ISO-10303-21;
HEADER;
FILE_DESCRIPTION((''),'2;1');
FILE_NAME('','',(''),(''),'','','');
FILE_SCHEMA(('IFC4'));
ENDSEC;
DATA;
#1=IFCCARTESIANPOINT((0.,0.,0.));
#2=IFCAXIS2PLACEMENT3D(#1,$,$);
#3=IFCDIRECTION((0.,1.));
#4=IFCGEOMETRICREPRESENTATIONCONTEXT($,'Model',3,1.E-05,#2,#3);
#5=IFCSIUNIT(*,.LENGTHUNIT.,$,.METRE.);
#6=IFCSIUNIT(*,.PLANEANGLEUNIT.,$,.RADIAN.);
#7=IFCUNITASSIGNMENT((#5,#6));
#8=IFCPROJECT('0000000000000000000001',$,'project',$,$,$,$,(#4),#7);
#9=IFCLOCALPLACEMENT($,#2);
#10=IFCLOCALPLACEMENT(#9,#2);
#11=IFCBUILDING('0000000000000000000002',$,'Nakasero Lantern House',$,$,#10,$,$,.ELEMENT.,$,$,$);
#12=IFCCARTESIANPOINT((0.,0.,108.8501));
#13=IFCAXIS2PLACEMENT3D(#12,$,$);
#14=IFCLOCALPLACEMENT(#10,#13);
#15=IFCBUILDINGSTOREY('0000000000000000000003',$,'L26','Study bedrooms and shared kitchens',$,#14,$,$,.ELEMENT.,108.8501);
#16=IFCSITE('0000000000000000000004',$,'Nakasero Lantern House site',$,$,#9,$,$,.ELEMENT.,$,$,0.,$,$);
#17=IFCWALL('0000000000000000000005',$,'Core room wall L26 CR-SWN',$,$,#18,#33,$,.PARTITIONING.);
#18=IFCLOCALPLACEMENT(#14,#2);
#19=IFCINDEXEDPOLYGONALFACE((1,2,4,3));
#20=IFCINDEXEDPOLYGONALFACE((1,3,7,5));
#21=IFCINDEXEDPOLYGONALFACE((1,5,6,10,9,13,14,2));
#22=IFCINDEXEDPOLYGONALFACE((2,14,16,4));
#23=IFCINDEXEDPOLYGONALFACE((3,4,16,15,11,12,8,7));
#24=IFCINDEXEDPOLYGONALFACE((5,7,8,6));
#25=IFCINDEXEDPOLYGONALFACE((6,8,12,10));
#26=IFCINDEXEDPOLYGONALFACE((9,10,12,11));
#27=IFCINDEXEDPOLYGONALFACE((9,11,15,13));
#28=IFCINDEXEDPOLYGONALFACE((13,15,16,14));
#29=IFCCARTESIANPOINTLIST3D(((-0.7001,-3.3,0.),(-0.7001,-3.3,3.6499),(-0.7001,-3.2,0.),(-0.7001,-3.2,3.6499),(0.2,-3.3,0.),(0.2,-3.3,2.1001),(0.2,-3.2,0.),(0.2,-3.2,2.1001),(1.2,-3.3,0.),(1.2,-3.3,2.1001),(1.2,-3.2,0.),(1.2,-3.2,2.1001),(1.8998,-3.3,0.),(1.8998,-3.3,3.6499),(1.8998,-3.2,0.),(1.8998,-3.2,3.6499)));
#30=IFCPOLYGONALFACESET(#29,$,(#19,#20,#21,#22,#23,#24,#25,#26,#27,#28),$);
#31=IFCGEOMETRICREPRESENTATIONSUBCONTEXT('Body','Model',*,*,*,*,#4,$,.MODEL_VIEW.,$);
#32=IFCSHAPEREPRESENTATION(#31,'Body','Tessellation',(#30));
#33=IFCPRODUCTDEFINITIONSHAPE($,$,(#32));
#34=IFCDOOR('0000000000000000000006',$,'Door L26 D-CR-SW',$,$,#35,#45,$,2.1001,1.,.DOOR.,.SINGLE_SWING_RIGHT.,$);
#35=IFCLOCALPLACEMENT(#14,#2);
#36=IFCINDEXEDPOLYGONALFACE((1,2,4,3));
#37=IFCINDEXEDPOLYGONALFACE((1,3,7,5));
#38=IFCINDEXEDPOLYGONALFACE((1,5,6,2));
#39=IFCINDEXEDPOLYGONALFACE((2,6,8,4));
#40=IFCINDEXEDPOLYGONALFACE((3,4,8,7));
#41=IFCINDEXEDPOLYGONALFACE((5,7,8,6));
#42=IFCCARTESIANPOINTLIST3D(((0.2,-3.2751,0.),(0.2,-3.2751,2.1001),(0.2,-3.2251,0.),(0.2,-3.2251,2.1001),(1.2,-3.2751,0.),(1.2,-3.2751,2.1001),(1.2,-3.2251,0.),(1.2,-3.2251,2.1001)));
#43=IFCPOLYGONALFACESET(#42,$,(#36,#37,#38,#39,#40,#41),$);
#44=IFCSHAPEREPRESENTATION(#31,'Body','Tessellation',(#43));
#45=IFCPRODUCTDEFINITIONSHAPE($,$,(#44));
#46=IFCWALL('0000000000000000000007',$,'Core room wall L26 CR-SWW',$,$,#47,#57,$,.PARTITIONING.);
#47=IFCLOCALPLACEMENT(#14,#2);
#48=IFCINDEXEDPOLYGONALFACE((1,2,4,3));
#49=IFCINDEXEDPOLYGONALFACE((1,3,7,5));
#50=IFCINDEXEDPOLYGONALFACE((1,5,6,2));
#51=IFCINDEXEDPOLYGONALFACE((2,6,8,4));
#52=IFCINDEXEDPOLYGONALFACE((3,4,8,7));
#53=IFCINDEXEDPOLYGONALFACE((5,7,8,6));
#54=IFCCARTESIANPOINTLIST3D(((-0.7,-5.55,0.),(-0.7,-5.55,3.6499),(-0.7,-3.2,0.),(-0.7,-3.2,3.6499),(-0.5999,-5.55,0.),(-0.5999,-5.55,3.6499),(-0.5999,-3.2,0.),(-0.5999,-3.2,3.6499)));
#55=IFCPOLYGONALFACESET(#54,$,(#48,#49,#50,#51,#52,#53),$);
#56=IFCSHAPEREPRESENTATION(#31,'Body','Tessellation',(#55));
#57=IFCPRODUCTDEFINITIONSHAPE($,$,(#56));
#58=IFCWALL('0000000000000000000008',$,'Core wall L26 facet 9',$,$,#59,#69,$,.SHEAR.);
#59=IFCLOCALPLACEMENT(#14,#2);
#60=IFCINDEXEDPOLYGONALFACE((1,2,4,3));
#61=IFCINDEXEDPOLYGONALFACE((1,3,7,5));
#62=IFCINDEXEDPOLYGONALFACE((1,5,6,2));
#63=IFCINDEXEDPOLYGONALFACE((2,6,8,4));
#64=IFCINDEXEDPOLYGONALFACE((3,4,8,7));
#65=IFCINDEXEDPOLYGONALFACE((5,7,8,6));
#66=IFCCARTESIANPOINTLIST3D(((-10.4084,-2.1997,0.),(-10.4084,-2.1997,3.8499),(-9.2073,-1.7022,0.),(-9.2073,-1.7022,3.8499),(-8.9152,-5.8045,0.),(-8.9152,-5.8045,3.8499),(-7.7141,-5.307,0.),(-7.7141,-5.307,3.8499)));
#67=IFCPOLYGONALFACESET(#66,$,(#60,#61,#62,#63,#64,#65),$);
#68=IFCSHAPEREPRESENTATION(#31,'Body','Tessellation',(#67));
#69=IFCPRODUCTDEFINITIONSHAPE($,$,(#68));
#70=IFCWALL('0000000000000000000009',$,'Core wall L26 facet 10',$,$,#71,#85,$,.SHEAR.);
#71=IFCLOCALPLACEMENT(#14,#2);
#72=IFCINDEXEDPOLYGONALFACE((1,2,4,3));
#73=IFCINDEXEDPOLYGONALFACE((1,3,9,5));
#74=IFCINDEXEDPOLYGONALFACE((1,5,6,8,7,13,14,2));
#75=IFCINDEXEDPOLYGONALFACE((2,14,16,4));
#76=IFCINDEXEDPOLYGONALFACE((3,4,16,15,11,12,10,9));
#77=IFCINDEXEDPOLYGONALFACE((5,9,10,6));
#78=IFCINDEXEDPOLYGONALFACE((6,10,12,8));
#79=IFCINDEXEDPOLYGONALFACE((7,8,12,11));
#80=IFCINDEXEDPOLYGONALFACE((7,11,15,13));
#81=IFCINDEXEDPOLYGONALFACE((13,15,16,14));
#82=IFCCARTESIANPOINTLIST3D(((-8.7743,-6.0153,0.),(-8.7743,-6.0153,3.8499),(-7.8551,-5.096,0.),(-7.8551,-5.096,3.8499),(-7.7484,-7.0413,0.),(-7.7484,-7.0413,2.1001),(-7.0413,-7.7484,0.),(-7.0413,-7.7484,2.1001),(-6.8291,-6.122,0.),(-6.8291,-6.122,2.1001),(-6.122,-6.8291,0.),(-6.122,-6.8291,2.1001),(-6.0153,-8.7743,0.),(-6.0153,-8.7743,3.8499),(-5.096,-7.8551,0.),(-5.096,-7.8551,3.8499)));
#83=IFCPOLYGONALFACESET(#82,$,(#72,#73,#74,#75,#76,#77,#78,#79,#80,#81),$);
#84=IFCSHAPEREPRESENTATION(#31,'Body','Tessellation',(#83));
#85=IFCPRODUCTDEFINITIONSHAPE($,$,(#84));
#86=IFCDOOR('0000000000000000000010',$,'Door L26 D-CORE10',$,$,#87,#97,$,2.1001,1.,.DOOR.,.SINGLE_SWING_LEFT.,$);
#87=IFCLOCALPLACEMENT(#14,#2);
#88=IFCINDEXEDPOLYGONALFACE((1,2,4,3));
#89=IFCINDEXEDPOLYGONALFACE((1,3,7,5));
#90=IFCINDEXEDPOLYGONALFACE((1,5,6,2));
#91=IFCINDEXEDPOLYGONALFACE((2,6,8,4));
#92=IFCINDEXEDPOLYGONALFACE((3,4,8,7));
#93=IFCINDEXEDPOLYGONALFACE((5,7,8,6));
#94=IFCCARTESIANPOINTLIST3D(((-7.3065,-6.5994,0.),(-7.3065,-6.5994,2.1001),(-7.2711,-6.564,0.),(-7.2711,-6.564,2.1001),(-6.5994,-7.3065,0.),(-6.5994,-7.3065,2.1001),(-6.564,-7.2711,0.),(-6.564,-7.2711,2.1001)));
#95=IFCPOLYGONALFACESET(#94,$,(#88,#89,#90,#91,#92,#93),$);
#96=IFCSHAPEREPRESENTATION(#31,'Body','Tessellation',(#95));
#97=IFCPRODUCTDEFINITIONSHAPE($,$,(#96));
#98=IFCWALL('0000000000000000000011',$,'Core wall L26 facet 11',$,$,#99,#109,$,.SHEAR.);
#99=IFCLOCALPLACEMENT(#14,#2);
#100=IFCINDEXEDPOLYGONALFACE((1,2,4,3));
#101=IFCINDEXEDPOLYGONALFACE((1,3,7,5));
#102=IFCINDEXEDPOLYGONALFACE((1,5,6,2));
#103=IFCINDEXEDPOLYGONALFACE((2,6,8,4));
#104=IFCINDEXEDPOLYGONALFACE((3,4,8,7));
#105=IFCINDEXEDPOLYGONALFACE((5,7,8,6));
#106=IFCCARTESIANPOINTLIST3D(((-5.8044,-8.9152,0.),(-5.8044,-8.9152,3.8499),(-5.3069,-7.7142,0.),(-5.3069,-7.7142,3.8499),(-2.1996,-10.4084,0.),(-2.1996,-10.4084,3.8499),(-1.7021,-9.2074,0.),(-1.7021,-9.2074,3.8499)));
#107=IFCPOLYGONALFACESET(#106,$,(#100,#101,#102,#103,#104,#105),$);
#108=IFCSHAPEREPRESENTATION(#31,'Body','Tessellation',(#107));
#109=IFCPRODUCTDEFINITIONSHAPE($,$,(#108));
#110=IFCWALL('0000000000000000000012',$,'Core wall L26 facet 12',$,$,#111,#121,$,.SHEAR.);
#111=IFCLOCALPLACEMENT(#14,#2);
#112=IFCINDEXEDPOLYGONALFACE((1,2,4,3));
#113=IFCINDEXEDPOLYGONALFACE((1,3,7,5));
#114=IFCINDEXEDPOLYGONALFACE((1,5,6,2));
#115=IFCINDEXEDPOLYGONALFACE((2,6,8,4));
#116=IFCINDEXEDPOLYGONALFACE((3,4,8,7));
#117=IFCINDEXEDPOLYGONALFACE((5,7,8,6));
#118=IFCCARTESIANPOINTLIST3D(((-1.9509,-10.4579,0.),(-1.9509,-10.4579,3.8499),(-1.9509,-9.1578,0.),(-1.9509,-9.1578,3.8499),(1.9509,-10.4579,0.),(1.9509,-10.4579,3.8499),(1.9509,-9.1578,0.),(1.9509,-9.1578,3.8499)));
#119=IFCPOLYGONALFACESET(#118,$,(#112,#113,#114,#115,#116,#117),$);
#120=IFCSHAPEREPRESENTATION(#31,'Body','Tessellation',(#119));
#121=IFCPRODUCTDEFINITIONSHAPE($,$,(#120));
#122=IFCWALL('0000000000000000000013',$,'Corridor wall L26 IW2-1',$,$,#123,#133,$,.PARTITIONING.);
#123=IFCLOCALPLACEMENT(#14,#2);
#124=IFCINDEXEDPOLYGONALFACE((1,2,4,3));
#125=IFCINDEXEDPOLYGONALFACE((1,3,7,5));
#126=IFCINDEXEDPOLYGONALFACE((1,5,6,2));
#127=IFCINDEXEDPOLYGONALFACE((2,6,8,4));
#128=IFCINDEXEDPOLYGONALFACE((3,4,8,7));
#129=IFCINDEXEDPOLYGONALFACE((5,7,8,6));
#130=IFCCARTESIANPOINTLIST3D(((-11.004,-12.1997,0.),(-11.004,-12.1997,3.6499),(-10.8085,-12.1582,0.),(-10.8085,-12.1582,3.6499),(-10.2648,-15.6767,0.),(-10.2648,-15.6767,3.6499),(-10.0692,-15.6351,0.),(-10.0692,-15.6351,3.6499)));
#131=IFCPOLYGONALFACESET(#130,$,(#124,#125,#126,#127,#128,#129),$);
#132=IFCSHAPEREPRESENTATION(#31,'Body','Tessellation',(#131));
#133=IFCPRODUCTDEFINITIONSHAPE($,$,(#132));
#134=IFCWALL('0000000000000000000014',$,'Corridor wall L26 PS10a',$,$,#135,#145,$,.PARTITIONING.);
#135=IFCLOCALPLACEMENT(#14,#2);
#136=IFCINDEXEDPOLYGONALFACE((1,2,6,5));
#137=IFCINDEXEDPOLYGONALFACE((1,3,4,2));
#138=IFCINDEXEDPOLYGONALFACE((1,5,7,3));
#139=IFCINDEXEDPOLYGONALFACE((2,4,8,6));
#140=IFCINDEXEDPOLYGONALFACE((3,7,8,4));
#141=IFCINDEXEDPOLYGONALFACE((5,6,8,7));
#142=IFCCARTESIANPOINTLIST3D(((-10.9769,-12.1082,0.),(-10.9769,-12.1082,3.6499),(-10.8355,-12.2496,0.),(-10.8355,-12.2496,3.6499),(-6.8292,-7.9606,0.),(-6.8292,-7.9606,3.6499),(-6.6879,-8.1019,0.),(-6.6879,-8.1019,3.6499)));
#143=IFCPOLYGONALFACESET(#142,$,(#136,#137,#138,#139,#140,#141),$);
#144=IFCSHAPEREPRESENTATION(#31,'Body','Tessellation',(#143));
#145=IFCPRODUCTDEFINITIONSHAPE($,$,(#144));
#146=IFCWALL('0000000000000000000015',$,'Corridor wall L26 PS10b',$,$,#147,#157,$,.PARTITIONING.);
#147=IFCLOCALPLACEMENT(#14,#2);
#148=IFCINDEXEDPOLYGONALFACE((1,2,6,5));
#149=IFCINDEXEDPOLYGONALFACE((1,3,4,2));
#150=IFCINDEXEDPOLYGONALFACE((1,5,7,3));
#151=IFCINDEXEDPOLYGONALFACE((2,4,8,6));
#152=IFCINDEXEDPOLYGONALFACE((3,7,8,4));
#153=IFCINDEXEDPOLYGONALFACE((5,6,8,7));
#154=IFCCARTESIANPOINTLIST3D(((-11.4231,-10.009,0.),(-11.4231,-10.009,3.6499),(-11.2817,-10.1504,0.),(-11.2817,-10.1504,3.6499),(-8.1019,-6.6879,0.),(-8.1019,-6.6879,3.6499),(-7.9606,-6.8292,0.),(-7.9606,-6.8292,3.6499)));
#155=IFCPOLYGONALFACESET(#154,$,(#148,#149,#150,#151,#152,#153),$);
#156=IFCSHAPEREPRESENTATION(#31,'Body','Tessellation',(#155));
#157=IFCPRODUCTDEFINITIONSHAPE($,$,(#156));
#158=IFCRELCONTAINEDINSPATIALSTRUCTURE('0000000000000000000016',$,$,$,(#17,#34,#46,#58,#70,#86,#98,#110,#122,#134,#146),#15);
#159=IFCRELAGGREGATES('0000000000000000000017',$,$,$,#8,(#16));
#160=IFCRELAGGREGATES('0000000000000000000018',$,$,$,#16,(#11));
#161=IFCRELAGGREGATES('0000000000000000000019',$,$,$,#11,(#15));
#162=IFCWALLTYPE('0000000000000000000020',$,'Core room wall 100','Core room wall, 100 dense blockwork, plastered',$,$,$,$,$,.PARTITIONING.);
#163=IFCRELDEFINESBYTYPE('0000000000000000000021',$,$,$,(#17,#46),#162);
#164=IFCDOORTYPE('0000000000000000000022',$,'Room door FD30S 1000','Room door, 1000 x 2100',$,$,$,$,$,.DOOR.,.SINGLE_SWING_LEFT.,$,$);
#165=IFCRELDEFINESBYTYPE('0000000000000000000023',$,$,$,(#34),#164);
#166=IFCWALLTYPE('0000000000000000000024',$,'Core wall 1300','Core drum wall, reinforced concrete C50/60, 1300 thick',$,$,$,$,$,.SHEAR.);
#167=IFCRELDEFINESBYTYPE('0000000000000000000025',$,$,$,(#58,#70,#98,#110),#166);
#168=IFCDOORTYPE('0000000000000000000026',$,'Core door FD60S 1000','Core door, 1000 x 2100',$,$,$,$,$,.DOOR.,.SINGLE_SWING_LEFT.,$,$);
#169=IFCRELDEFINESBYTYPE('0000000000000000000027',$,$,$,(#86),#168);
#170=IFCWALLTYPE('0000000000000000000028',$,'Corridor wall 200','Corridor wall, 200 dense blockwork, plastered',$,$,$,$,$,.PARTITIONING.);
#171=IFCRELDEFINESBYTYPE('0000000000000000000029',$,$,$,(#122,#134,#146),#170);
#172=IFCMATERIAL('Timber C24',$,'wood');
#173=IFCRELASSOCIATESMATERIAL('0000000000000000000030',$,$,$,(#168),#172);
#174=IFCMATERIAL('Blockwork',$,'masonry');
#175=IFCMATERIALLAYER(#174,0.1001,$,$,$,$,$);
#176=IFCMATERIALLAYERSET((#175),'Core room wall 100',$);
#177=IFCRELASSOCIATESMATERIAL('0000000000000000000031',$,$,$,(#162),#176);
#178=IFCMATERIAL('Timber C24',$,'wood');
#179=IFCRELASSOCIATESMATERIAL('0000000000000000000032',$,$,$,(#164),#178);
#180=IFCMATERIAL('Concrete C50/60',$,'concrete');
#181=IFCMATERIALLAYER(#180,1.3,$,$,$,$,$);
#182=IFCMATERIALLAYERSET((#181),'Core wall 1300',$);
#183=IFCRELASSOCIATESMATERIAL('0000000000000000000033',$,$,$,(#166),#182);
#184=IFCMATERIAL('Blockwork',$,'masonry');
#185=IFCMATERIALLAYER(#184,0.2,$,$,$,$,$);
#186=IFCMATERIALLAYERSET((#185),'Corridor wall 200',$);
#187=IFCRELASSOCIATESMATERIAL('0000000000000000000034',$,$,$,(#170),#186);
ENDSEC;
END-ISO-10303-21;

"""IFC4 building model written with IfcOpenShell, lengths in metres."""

from ifc_helpers import new_model, si_unit, direction, frame, frame_2d, origin, place, context, subcontext, project, spatial, rectangle, extrude, material, layer, layer_set, type_object, element, fill, save


model = new_model("IFC4")

# Units and contexts
model_context = context("Model", 3, precision=1e-05, world=origin(), true_north=direction((0.0, 1.0)))
body_context = subcontext(model_context, "Body", "Model", "MODEL_VIEW")
ifc_project = project(units=[si_unit("LENGTHUNIT", "METRE"), si_unit("PLANEANGLEUNIT", "RADIAN")], contexts=[model_context])

# Site, building, storey
site_placement = place(None, origin())
site = spatial("IfcSite", under=ifc_project, at=site_placement, Name="Nakasero Lantern House site", CompositionType="ELEMENT", RefElevation=0.0)
building_placement = place(site_placement, origin())
building = spatial("IfcBuilding", under=site, at=building_placement, Name="Nakasero Lantern House", CompositionType="ELEMENT")
storey_placement = place(building_placement, frame((0.0, 0.0, 108.8501)))
storey = spatial("IfcBuildingStorey", under=building, at=storey_placement, Name="L26", Description="Study bedrooms and shared kitchens", CompositionType="ELEMENT", Elevation=108.8501)

# Shared definitions
ifc_material_1 = material(Name="Timber C24", Category="wood")
door_type_1 = type_object("IfcDoorType", Name="Core door FD60S 1000", Description="Core door, 1000 x 2100", OperationType="SINGLE_SWING_LEFT", PredefinedType="DOOR", material=ifc_material_1)

# Wall, opening, door
ifc_material_2 = material(Name="Blockwork", Category="masonry")
ifc_layer_1 = layer(ifc_material_2, 0.1001)
ifc_layer_set_1 = layer_set([ifc_layer_1], Name="Core room wall 100")
wall_type_1 = type_object("IfcWallType", Name="Core room wall 100", Description="Core room wall, 100 dense blockwork, plastered", PredefinedType="PARTITIONING", material=ifc_layer_set_1)
wall_1_placement = place(storey_placement, frame((-0.7, -3.25, 0.0), z_axis=(0.0, 0.0, 1.0), x_axis=(1.0, 0.0, 0.0)))
wall_1 = element("IfcWall", 1, at=wall_1_placement, inside=storey, type_object=wall_type_1, Name="Core room wall L26 CR-SWN", PredefinedType="PARTITIONING", context=body_context, shape_type="SweptSolid", body=[
    extrude(rectangle(XDim=2.5999, YDim=0.1001, at=frame_2d((1.2998, 0.0))), origin(), (0.0, 0.0, 1.0), 3.6499),
])
opening_1_placement = place(wall_1_placement, frame((0.8999, 0.0, 0.0)))
opening_1 = element("IfcOpeningElement", 2, at=opening_1_placement, cuts=wall_1, PredefinedType="OPENING", context=body_context, shape_type="SweptSolid", body=[
    extrude(rectangle(XDim=1.0, YDim=2.1001, at=frame_2d((0.5, 1.05))), frame((0.0, 0.0701, 0.0), z_axis=(0.0, -1.0, 0.0), x_axis=(1.0, 0.0, 0.0)), (0.0, 0.0, 1.0), 0.1401),
])
ifc_material_3 = material(Name="Timber C24", Category="wood")
door_type_2 = type_object("IfcDoorType", Name="Room door FD30S 1000", Description="Room door, 1000 x 2100", OperationType="SINGLE_SWING_LEFT", PredefinedType="DOOR", material=ifc_material_3)
door_1_placement = place(opening_1_placement, origin())
door_1 = element("IfcDoor", 3, at=door_1_placement, inside=storey, type_object=door_type_2, Name="Door L26 D-CR-SW", OperationType="SINGLE_SWING_RIGHT", OverallHeight=2.1001, OverallWidth=1.0, PredefinedType="DOOR", context=body_context, shape_type="SweptSolid", body=[
    extrude(rectangle(XDim=1.0, YDim=2.1001, at=frame_2d((0.5, 1.05))), frame((0.0, 0.0249, 0.0), z_axis=(0.0, -1.0, 0.0), x_axis=(1.0, 0.0, 0.0)), (0.0, 0.0, 1.0), 0.05),
])
fill(opening_1, door_1)

# Walls
wall_2_placement = place(storey_placement, frame((-0.6499, -5.55, 0.0), z_axis=(0.0, 0.0, 1.0), x_axis=(0.0, 1.0, 0.0)))
element("IfcWall", 4, at=wall_2_placement, inside=storey, type_object=wall_type_1, Name="Core room wall L26 CR-SWW", PredefinedType="PARTITIONING", context=body_context, shape_type="SweptSolid", body=[
    extrude(rectangle(XDim=2.3501, YDim=0.1001, at=frame_2d((1.175, 0.0))), origin(), (0.0, 0.0, 1.0), 3.6499),
])
ifc_material_4 = material(Name="Concrete C50/60", Category="concrete")
ifc_layer_2 = layer(ifc_material_4, 1.3)
ifc_layer_set_2 = layer_set([ifc_layer_2], Name="Core wall 1300")
wall_type_2 = type_object("IfcWallType", Name="Core wall 1300", Description="Core drum wall, reinforced concrete C50/60, 1300 thick", PredefinedType="SHEAR", material=ifc_layer_set_2)
wall_3_placement = place(storey_placement, frame((-9.8079, -1.9509, 0.0), z_axis=(0.0, 0.0, 1.0), x_axis=(0.382691, -0.923877, 0.0)))
element("IfcWall", 5, at=wall_3_placement, inside=storey, type_object=wall_type_2, Name="Core wall L26 facet 9", PredefinedType="SHEAR", context=body_context, shape_type="SweptSolid", body=[
    extrude(rectangle(XDim=3.9019, YDim=1.3, at=frame_2d((1.9509, 0.0))), origin(), (0.0, 0.0, 1.0), 3.8499),
])

# Wall, opening, door
wall_4_placement = place(storey_placement, frame((-8.3147, -5.5557, 0.0), z_axis=(0.0, 0.0, 1.0), x_axis=(0.707107, -0.707107, 0.0)))
wall_4 = element("IfcWall", 6, at=wall_4_placement, inside=storey, type_object=wall_type_2, Name="Core wall L26 facet 10", PredefinedType="SHEAR", context=body_context, shape_type="SweptSolid", body=[
    extrude(rectangle(XDim=3.9019, YDim=1.3, at=frame_2d((1.9509, 0.0))), origin(), (0.0, 0.0, 1.0), 3.8499),
])
opening_2_placement = place(wall_4_placement, frame((1.4509, 0.0, 0.0)))
opening_2 = element("IfcOpeningElement", 7, at=opening_2_placement, cuts=wall_4, PredefinedType="OPENING", context=body_context, shape_type="SweptSolid", body=[
    extrude(rectangle(XDim=1.0, YDim=2.1001, at=frame_2d((0.5, 1.05))), frame((0.0, 0.6699, 0.0), z_axis=(0.0, -1.0, 0.0), x_axis=(1.0, 0.0, 0.0)), (0.0, 0.0, 1.0), 1.3401),
])
door_2_placement = place(opening_2_placement, origin())
door_2 = element("IfcDoor", 8, at=door_2_placement, inside=storey, type_object=door_type_1, Name="Door L26 D-CORE10", OperationType="SINGLE_SWING_LEFT", OverallHeight=2.1001, OverallWidth=1.0, PredefinedType="DOOR", context=body_context, shape_type="SweptSolid", body=[
    extrude(rectangle(XDim=1.0, YDim=2.1001, at=frame_2d((0.5, 1.05))), frame((0.0, 0.0249, 0.0), z_axis=(0.0, -1.0, 0.0), x_axis=(1.0, 0.0, 0.0)), (0.0, 0.0, 1.0), 0.05),
])
fill(opening_2, door_2)

# Walls
for number, where, z_axis, x_axis, name in (
    (9, (-5.5557, -8.3147, 0.0), (0.0, 0.0, 1.0), (0.923877, -0.382691, 0.0), "Core wall L26 facet 11"),
    (10, (-1.9509, -9.8079, 0.0), (0.0, 0.0, 1.0), (1.0, 0.0, 0.0), "Core wall L26 facet 12"),
):
    element("IfcWall", number, at=place(storey_placement, frame(where, z_axis=z_axis, x_axis=x_axis)), inside=storey, type_object=wall_type_2, Name=name, PredefinedType="SHEAR", context=body_context, shape_type="SweptSolid", body=[
        extrude(rectangle(XDim=3.9019, YDim=1.3, at=frame_2d((1.9509, 0.0))), origin(), (0.0, 0.0, 1.0), 3.8499),
    ])
ifc_material_5 = material(Name="Blockwork", Category="masonry")
ifc_layer_3 = layer(ifc_material_5, 0.2)
ifc_layer_set_3 = layer_set([ifc_layer_3], Name="Corridor wall 200")
wall_type_3 = type_object("IfcWallType", Name="Corridor wall 200", Description="Corridor wall, 200 dense blockwork, plastered", PredefinedType="PARTITIONING", material=ifc_layer_set_3)
wall_5_placement = place(storey_placement, frame((-10.9062, -12.179, 0.0), z_axis=(0.0, 0.0, 1.0), x_axis=(0.207962, -0.978137, 0.0)))
element("IfcWall", 11, at=wall_5_placement, inside=storey, type_object=wall_type_3, Name="Corridor wall L26 IW2-1", PredefinedType="PARTITIONING", context=body_context, shape_type="SweptSolid", body=[
    extrude(rectangle(XDim=3.5547, YDim=0.2, at=frame_2d((1.7773, 0.0))), origin(), (0.0, 0.0, 1.0), 3.6499),
])
wall_6_placement = place(storey_placement, frame((-6.7585, -8.0312, 0.0), z_axis=(0.0, 0.0, 1.0), x_axis=(-0.707107, -0.707107, 0.0)))
element("IfcWall", 12, at=wall_6_placement, inside=storey, type_object=wall_type_3, Name="Corridor wall L26 PS10a", PredefinedType="PARTITIONING", context=body_context, shape_type="SweptSolid", body=[
    extrude(rectangle(XDim=5.8657, YDim=0.2, at=frame_2d((2.9329, 0.0))), origin(), (0.0, 0.0, 1.0), 3.6499),
])
wall_7_placement = place(storey_placement, frame((-8.0312, -6.7585, 0.0), z_axis=(0.0, 0.0, 1.0), x_axis=(-0.707107, -0.707107, 0.0)))
element("IfcWall", 13, at=wall_7_placement, inside=storey, type_object=wall_type_3, Name="Corridor wall L26 PS10b", PredefinedType="PARTITIONING", context=body_context, shape_type="SweptSolid", body=[
    extrude(rectangle(XDim=4.6968, YDim=0.2, at=frame_2d((2.3484, 0.0))), origin(), (0.0, 0.0, 1.0), 3.6499),
])

save(model, "model.ifc")
